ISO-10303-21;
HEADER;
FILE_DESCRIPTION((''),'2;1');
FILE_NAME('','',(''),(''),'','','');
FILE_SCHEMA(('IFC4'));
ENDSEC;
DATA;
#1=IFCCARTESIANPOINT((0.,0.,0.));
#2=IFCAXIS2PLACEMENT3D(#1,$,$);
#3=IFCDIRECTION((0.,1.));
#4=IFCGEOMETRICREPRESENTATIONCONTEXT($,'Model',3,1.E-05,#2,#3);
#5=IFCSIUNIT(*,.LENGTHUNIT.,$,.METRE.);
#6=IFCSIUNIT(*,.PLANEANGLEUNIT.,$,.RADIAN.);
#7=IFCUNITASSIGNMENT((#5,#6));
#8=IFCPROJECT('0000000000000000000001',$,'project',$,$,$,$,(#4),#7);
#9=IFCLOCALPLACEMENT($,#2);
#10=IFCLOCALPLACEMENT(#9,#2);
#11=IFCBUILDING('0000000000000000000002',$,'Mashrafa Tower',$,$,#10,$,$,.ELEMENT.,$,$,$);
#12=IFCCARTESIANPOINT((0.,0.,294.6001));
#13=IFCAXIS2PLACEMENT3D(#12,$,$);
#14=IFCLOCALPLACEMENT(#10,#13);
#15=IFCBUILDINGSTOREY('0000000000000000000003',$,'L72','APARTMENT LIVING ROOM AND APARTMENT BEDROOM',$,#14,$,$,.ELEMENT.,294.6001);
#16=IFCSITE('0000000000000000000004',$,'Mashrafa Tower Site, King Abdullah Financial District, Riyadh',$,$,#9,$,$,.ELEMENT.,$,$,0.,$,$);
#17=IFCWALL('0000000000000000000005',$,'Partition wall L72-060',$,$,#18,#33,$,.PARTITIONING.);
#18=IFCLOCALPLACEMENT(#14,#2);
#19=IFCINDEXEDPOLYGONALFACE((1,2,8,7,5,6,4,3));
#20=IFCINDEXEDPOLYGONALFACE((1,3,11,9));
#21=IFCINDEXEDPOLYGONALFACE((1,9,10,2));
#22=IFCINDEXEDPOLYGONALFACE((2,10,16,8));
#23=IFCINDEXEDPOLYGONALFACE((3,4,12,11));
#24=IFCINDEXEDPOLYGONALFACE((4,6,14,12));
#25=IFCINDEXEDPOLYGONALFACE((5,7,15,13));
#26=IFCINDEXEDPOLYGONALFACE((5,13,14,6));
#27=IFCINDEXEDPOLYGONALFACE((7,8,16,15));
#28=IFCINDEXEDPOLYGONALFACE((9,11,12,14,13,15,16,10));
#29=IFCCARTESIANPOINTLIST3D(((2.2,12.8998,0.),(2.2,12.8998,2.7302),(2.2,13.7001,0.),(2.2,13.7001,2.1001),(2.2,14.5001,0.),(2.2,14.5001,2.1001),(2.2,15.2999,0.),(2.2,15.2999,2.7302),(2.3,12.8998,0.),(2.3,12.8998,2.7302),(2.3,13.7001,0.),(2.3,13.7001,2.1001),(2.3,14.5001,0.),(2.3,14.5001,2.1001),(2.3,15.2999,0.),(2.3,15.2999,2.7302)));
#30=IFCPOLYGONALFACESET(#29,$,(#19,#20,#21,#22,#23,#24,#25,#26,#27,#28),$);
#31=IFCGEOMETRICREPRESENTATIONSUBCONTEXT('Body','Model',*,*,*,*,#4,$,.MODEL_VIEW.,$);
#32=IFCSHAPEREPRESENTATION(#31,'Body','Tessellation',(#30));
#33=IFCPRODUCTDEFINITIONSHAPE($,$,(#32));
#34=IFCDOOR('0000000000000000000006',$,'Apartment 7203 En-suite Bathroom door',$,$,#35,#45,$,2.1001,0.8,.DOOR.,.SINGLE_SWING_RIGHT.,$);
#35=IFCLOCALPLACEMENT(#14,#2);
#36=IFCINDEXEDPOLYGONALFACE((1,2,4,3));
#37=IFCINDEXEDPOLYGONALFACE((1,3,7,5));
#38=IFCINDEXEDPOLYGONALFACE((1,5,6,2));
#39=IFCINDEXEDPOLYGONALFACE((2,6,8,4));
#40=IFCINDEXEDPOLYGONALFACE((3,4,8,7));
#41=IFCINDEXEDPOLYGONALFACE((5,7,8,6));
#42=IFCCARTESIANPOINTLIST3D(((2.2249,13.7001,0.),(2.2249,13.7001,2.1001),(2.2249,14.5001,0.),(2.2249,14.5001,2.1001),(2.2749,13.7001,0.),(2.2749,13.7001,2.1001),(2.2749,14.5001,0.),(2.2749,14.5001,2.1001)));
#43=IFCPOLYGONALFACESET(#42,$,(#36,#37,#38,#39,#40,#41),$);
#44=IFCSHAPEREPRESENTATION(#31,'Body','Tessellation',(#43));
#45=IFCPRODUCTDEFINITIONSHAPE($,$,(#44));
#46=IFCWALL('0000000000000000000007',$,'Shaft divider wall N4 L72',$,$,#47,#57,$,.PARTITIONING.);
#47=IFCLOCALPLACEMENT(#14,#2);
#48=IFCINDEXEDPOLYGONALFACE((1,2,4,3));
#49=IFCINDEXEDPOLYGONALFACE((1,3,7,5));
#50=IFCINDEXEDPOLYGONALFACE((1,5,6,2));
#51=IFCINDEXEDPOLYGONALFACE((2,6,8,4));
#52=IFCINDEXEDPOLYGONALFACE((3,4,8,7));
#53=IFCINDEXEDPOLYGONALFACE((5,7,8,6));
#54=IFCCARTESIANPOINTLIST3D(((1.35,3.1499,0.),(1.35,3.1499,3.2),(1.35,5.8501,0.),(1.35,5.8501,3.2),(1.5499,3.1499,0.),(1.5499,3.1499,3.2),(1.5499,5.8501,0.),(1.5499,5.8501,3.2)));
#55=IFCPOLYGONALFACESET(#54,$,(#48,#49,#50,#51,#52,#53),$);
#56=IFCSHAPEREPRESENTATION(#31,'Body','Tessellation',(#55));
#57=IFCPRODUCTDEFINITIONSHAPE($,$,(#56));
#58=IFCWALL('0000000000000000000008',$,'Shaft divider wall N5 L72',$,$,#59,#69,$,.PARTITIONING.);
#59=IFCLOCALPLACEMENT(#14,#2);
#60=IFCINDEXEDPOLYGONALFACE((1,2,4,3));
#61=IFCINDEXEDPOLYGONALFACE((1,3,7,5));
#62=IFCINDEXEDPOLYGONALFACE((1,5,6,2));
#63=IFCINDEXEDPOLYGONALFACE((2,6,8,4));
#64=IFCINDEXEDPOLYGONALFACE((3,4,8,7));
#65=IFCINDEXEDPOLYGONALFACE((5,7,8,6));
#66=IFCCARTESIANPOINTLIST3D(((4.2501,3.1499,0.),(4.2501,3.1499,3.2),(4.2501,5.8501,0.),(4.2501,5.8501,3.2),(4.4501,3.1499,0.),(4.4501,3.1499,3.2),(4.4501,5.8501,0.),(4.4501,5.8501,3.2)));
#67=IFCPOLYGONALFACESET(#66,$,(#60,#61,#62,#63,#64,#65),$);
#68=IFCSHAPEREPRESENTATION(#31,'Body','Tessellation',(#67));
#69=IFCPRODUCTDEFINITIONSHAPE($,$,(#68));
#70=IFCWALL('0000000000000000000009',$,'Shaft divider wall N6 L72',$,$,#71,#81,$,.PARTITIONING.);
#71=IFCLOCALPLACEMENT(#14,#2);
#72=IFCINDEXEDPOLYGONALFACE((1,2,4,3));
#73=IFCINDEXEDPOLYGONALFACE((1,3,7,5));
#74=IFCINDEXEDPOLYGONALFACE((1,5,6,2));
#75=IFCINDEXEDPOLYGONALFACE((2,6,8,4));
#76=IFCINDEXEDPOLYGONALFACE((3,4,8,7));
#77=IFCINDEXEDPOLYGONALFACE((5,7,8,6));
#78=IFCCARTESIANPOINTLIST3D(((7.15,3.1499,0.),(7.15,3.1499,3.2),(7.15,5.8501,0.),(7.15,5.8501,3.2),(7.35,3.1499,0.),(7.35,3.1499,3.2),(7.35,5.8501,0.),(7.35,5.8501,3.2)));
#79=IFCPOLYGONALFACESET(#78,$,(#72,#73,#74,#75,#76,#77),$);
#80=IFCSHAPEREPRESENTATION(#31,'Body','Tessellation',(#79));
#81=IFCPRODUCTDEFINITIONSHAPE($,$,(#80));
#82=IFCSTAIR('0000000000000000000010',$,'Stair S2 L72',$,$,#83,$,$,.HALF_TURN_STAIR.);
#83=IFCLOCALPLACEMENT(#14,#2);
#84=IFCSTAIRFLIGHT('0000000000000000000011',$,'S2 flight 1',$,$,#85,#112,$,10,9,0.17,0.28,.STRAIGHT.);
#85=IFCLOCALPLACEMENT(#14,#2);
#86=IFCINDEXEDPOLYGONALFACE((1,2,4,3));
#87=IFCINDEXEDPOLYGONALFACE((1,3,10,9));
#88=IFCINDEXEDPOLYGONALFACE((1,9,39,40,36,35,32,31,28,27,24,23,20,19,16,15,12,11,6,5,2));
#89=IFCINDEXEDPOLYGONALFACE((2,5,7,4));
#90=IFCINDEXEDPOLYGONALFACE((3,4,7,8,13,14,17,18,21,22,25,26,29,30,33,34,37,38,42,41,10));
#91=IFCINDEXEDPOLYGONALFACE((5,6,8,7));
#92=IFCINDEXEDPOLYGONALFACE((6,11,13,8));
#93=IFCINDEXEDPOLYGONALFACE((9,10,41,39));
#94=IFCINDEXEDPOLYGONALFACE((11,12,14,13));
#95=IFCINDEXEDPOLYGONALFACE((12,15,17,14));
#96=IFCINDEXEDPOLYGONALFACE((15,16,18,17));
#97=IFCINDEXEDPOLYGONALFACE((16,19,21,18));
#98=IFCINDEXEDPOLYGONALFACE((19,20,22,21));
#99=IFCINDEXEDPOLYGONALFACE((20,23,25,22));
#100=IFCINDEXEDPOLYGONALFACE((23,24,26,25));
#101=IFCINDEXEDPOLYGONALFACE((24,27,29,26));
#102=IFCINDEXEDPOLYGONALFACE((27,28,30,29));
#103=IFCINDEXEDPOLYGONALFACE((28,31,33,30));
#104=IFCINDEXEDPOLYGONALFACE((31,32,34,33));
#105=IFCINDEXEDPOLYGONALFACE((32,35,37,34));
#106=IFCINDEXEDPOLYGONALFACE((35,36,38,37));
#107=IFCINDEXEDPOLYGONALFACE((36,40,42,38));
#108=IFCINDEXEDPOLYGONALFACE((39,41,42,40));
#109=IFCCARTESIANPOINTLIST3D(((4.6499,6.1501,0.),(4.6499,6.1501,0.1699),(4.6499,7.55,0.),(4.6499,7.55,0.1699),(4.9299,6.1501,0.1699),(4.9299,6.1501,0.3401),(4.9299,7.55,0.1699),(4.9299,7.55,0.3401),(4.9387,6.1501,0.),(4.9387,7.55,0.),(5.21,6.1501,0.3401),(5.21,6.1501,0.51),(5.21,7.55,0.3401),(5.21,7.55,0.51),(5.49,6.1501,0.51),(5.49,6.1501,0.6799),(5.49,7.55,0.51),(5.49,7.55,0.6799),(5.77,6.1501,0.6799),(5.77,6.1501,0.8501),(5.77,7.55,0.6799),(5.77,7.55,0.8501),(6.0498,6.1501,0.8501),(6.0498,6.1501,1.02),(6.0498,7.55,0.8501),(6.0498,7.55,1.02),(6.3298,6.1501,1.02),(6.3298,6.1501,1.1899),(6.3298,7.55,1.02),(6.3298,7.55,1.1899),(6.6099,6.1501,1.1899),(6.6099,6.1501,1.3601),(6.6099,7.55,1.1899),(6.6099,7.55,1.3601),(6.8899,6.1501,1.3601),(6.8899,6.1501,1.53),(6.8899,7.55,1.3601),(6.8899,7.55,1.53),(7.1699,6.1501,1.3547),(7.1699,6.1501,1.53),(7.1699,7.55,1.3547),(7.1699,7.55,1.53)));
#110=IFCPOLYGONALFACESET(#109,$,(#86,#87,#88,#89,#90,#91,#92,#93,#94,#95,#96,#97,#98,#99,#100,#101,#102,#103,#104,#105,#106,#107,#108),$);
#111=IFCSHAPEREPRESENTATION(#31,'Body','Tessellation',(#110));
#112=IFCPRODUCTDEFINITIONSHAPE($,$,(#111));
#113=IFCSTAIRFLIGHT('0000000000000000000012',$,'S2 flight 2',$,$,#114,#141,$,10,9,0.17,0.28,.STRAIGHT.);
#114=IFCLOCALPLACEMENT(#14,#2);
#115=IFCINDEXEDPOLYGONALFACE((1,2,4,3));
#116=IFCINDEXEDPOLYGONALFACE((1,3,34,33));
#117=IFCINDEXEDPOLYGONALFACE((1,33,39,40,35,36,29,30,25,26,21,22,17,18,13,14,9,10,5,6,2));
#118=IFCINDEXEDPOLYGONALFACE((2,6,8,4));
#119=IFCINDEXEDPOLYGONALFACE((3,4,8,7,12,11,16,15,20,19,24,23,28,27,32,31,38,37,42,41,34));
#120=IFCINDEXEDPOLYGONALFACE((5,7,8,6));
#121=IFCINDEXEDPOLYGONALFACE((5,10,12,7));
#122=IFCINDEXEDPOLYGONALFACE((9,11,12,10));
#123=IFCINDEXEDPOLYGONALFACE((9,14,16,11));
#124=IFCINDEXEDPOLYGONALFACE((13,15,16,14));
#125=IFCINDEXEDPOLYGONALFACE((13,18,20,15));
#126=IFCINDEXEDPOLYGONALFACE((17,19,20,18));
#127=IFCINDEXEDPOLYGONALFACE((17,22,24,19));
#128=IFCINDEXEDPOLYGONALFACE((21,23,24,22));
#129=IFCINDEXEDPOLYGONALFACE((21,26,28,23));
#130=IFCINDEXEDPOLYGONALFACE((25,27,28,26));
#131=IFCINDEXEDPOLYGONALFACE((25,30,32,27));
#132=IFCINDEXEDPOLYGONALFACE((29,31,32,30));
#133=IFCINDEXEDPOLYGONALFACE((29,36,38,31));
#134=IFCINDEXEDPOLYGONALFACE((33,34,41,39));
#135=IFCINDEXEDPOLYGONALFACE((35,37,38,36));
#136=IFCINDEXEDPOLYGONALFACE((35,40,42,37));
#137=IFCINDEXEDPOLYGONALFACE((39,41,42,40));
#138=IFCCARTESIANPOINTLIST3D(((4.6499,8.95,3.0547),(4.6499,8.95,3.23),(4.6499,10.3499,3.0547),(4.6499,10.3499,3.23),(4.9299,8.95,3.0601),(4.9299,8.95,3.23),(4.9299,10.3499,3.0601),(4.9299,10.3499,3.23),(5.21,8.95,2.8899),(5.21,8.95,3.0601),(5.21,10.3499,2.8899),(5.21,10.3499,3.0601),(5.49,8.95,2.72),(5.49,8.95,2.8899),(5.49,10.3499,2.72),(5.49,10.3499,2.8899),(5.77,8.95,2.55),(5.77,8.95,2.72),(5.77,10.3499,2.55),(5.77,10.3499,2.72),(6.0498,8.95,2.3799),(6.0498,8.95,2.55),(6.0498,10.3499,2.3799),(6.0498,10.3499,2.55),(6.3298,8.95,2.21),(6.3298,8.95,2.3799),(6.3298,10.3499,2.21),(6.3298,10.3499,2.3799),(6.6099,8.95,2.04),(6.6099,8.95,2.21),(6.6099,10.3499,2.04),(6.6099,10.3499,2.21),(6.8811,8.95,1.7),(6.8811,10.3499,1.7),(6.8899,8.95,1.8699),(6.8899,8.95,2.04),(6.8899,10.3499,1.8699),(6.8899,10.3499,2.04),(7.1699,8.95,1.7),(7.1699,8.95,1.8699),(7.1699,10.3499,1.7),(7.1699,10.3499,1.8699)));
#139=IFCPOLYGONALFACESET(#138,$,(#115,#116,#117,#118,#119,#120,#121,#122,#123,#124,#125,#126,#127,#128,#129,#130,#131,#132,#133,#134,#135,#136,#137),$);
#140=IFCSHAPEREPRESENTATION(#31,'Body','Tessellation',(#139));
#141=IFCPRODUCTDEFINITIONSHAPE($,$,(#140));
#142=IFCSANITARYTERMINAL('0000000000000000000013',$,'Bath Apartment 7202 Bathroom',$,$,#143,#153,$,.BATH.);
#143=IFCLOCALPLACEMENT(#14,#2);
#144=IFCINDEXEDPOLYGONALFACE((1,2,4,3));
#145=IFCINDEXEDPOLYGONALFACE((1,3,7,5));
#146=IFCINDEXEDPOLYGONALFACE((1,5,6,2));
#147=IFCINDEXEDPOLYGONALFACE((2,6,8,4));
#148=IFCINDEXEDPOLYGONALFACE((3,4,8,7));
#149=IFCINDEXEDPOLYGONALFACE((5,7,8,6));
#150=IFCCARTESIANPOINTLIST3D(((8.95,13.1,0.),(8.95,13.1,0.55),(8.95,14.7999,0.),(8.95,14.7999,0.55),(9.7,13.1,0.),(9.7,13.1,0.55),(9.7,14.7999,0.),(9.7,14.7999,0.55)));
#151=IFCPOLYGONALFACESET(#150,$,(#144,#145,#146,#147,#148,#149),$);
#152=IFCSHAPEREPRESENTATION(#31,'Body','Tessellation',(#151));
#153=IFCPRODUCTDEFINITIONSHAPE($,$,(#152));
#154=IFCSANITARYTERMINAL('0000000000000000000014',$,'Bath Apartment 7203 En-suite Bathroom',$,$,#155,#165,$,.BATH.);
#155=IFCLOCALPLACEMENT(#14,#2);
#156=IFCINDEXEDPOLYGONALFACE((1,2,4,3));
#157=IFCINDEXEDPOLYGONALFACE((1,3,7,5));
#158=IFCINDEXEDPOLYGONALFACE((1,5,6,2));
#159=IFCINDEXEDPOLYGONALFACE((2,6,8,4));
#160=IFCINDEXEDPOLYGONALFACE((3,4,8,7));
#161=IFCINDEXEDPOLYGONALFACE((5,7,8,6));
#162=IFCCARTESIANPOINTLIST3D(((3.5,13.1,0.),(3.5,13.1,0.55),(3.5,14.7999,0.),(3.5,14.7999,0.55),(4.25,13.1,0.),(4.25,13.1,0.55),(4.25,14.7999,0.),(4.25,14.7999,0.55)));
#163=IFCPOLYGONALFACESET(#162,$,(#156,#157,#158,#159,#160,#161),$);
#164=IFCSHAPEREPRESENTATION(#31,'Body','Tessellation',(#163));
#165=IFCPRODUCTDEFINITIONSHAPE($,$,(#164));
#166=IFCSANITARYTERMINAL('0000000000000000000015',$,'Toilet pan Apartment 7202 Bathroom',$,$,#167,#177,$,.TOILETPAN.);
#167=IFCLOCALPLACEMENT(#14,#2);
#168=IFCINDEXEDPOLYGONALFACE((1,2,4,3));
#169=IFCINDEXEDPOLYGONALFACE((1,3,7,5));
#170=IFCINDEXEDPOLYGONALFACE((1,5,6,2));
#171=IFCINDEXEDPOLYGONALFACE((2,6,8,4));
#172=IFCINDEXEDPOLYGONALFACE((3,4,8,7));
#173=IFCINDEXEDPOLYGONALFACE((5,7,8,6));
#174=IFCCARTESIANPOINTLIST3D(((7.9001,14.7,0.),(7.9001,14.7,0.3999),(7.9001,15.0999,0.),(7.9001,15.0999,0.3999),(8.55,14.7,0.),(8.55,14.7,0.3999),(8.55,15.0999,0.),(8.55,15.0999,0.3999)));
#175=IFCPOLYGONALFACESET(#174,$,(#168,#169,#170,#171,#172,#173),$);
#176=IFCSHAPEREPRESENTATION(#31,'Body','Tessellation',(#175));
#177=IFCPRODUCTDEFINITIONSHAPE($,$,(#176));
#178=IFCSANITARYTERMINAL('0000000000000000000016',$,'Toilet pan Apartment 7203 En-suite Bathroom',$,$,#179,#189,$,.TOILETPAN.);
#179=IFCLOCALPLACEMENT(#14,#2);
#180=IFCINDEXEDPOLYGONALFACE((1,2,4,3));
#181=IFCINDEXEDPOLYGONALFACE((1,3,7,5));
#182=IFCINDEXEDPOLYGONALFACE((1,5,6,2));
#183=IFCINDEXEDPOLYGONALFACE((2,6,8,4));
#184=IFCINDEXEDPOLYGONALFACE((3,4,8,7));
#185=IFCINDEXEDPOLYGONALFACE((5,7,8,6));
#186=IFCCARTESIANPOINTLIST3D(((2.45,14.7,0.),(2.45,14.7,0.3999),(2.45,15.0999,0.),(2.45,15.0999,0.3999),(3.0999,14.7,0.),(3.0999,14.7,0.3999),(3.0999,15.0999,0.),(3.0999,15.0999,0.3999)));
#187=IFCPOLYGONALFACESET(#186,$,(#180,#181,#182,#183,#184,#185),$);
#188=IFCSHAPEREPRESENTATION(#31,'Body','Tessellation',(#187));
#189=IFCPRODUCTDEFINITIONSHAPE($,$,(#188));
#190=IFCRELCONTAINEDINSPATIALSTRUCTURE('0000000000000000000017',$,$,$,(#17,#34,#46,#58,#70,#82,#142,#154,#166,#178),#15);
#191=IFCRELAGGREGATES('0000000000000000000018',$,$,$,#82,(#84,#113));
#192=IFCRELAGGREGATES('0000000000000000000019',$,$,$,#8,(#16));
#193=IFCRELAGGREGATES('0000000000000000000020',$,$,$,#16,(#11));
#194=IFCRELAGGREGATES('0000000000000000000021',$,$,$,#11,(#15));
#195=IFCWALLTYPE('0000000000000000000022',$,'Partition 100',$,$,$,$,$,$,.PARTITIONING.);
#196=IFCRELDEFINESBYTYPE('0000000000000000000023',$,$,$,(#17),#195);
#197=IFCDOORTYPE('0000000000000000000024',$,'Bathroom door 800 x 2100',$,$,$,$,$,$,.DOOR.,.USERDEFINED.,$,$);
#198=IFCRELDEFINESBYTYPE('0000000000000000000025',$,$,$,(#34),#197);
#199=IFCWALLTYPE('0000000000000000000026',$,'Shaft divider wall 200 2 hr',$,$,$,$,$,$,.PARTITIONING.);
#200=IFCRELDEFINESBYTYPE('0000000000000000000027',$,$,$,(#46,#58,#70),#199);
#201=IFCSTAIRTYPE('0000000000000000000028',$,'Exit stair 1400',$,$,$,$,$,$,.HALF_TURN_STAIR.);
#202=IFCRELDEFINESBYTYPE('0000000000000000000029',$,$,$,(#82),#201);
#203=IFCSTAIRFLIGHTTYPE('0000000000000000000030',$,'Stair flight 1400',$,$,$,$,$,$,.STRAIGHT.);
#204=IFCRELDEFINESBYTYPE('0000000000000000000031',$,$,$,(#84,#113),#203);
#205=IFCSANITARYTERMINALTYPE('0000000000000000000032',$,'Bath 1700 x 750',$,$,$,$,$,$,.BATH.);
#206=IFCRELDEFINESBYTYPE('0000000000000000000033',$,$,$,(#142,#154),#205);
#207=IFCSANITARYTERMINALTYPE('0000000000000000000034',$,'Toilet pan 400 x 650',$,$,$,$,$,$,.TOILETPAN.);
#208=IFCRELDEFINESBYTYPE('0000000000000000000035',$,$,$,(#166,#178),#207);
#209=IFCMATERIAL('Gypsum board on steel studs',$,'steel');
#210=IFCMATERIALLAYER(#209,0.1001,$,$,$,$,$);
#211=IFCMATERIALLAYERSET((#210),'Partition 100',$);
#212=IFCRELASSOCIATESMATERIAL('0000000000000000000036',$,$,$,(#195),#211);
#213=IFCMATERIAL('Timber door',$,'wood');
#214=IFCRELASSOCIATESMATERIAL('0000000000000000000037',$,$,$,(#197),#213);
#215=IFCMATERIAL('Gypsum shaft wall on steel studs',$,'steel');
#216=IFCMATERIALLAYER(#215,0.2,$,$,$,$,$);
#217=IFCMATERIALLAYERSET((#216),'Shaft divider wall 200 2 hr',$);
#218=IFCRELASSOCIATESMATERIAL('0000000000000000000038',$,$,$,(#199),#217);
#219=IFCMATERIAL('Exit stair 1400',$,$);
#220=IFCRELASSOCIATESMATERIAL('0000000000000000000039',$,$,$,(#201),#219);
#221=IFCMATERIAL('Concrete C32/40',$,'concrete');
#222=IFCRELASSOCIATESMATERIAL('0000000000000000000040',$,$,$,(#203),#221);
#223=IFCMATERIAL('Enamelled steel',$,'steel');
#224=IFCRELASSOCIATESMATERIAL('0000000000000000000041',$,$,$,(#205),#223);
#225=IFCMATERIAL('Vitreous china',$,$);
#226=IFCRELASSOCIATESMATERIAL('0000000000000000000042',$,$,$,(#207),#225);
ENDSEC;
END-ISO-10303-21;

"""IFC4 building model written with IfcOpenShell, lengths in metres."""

from ifc_helpers import new_model, si_unit, direction, frame, frame_2d, origin, origin_2d, place, context, subcontext, project, spatial, polyline, rectangle, outline, extrude, material, layer, layer_set, type_object, element, fill, aggregate, save


model = new_model("IFC4")

# Units and contexts
model_context = context("Model", 3, precision=1e-05, world=origin(), true_north=direction((0.0, 1.0)))
body_context = subcontext(model_context, "Body", "Model", "MODEL_VIEW")
ifc_project = project(units=[si_unit("LENGTHUNIT", "METRE"), si_unit("PLANEANGLEUNIT", "RADIAN")], contexts=[model_context])

# Site, building, storey
site_placement = place(None, origin())
site = spatial("IfcSite", under=ifc_project, at=site_placement, Name="Mashrafa Tower Site, King Abdullah Financial District, Riyadh", CompositionType="ELEMENT", RefElevation=0.0)
building_placement = place(site_placement, origin())
building = spatial("IfcBuilding", under=site, at=building_placement, Name="Mashrafa Tower", CompositionType="ELEMENT")
storey_placement = place(building_placement, frame((0.0, 0.0, 294.6001)))
storey = spatial("IfcBuildingStorey", under=building, at=storey_placement, Name="L72", Description="APARTMENT LIVING ROOM AND APARTMENT BEDROOM", CompositionType="ELEMENT", Elevation=294.6001)

# Shared definitions
ifc_material_1 = material(Name="Gypsum board on steel studs", Category="steel")
ifc_layer_1 = layer(ifc_material_1, 0.1001)
ifc_layer_set_1 = layer_set([ifc_layer_1], Name="Partition 100")
wall_type_1 = type_object("IfcWallType", Name="Partition 100", PredefinedType="PARTITIONING", material=ifc_layer_set_1)

# Wall, opening, door
wall_1_placement = place(storey_placement, frame((2.25, 15.3, 0.0), z_axis=(0.0, 0.0, 1.0), x_axis=(0.0, -1.0, 0.0)))
wall_1 = element("IfcWall", 1, at=wall_1_placement, inside=storey, type_object=wall_type_1, Name="Partition wall L72-060", PredefinedType="PARTITIONING", context=body_context, shape_type="SweptSolid", body=[
    extrude(rectangle(XDim=2.4001, YDim=0.1001, at=frame_2d((1.2002, 0.0))), origin(), (0.0, 0.0, 1.0), 2.7302),
])
opening_1_placement = place(wall_1_placement, frame((0.8, 0.0, 0.0)))
opening_1 = element("IfcOpeningElement", 2, at=opening_1_placement, cuts=wall_1, PredefinedType="OPENING", context=body_context, shape_type="SweptSolid", body=[
    extrude(rectangle(XDim=0.8, YDim=2.1001, at=frame_2d((0.3999, 1.05))), frame((0.0, 0.0601, 0.0), z_axis=(0.0, -1.0, 0.0), x_axis=(1.0, 0.0, 0.0)), (0.0, 0.0, 1.0), 0.1201),
])
ifc_material_2 = material(Name="Timber door", Category="wood")
door_type_1 = type_object("IfcDoorType", Name="Bathroom door 800 x 2100", OperationType="USERDEFINED", PredefinedType="DOOR", material=ifc_material_2)
door_1_placement = place(opening_1_placement, origin())
door_1 = element("IfcDoor", 3, at=door_1_placement, inside=storey, type_object=door_type_1, Name="Apartment 7203 En-suite Bathroom door", OperationType="SINGLE_SWING_RIGHT", OverallHeight=2.1001, OverallWidth=0.8, PredefinedType="DOOR", context=body_context, shape_type="SweptSolid", body=[
    extrude(rectangle(XDim=0.8, YDim=2.1001, at=frame_2d((0.3999, 1.05))), frame((0.0, 0.0249, 0.0), z_axis=(0.0, -1.0, 0.0), x_axis=(1.0, 0.0, 0.0)), (0.0, 0.0, 1.0), 0.05),
])
fill(opening_1, door_1)

# Walls
ifc_material_3 = material(Name="Gypsum shaft wall on steel studs", Category="steel")
ifc_layer_2 = layer(ifc_material_3, 0.2)
ifc_layer_set_2 = layer_set([ifc_layer_2], Name="Shaft divider wall 200 2 hr")
wall_type_2 = type_object("IfcWallType", Name="Shaft divider wall 200 2 hr", PredefinedType="PARTITIONING", material=ifc_layer_set_2)
for number, where, z_axis, x_axis, name in (
    (4, (1.45, 3.1499, 0.0), (0.0, 0.0, 1.0), (0.0, 1.0, 0.0), "Shaft divider wall N4 L72"),
    (5, (4.3501, 3.1499, 0.0), (0.0, 0.0, 1.0), (0.0, 1.0, 0.0), "Shaft divider wall N5 L72"),
    (6, (7.25, 3.1499, 0.0), (0.0, 0.0, 1.0), (0.0, 1.0, 0.0), "Shaft divider wall N6 L72"),
):
    element("IfcWall", number, at=place(storey_placement, frame(where, z_axis=z_axis, x_axis=x_axis)), inside=storey, type_object=wall_type_2, Name=name, PredefinedType="PARTITIONING", context=body_context, shape_type="SweptSolid", body=[
        extrude(rectangle(XDim=2.7002, YDim=0.2, at=frame_2d((1.3501, 0.0))), origin(), (0.0, 0.0, 1.0), 3.2),
    ])

# Stair, stair flights
ifc_material_4 = material(Name="Exit stair 1400")
stair_type = type_object("IfcStairType", Name="Exit stair 1400", PredefinedType="HALF_TURN_STAIR", material=ifc_material_4)
stair_placement = place(storey_placement, origin())
stair = element("IfcStair", 7, at=stair_placement, inside=storey, type_object=stair_type, Name="Stair S2 L72", PredefinedType="HALF_TURN_STAIR")
ifc_material_5 = material(Name="Concrete C32/40", Category="concrete")
stair_flight_type = type_object("IfcStairFlightType", Name="Stair flight 1400", PredefinedType="STRAIGHT", material=ifc_material_5)
stair_flight_1_placement = place(storey_placement, frame((4.6499, 6.8501, 0.0), z_axis=(0.0, 0.0, 1.0), x_axis=(1.0, 0.0, 0.0)))
stair_flight_1 = element("IfcStairFlight", 8, at=stair_flight_1_placement, type_object=stair_flight_type, Name="S2 flight 1", NumberOfRisers=10, NumberOfTreads=9, PredefinedType="STRAIGHT", RiserHeight=0.17, TreadLength=0.28, context=body_context, shape_type="SweptSolid", body=[
    extrude(outline(polyline([(0.0, 0.0), (0.0, 0.1699), (0.28, 0.1699), (0.28, 0.3401), (0.5601, 0.3401), (0.5601, 0.51), (0.8401, 0.51), (0.8401, 0.6799), (1.1201, 0.6799), (1.1201, 0.8501), (1.3999, 0.8501), (1.3999, 1.02), (1.6799, 1.02), (1.6799, 1.1899), (1.96, 1.1899), (1.96, 1.3601), (2.24, 1.3601), (2.24, 1.53), (2.52, 1.53), (2.52, 1.7), (2.52, 1.3547), (0.2888, 0.0), (0.0, 0.0)])), frame((0.0, 0.7, 0.0), z_axis=(0.0, -1.0, 0.0), x_axis=(1.0, 0.0, 0.0)), (0.0, 0.0, 1.0), 1.3999),
])
stair_flight_2_placement = place(storey_placement, frame((7.1699, 9.6499, 1.7), z_axis=(0.0, 0.0, 1.0), x_axis=(-1.0, 0.0, 0.0)))
stair_flight_2 = element("IfcStairFlight", 9, at=stair_flight_2_placement, type_object=stair_flight_type, Name="S2 flight 2", NumberOfRisers=10, NumberOfTreads=9, PredefinedType="STRAIGHT", RiserHeight=0.17, TreadLength=0.28, context=body_context, shape_type="SweptSolid", body=[
    extrude(outline(polyline([(0.0, 0.0), (0.0, 0.1699), (0.28, 0.1699), (0.28, 0.3401), (0.5601, 0.3401), (0.5601, 0.51), (0.8401, 0.51), (0.8401, 0.6799), (1.1201, 0.6799), (1.1201, 0.8501), (1.3999, 0.8501), (1.3999, 1.02), (1.6799, 1.02), (1.6799, 1.1899), (1.96, 1.1899), (1.96, 1.3601), (2.24, 1.3601), (2.24, 1.53), (2.52, 1.53), (2.52, 1.7), (2.52, 1.3547), (0.2888, 0.0), (0.0, 0.0)])), frame((0.0, 0.7, 0.0), z_axis=(0.0, -1.0, 0.0), x_axis=(1.0, 0.0, 0.0)), (0.0, 0.0, 1.0), 1.3999),
])
aggregate(stair, [stair_flight_1, stair_flight_2])

# Sanitary terminals
ifc_material_6 = material(Name="Enamelled steel", Category="steel")
sanitary_terminal_type_1 = type_object("IfcSanitaryTerminalType", Name="Bath 1700 x 750", PredefinedType="BATH", material=ifc_material_6)
for number, where, z_axis, x_axis, name in (
    (10, (9.325, 13.95, 0.0), (0.0, 0.0, 1.0), (0.0, 1.0, 0.0), "Bath Apartment 7202 Bathroom"),
    (11, (3.875, 13.95, 0.0), (0.0, 0.0, 1.0), (0.0, 1.0, 0.0), "Bath Apartment 7203 En-suite Bathroom"),
):
    element("IfcSanitaryTerminal", number, at=place(storey_placement, frame(where, z_axis=z_axis, x_axis=x_axis)), inside=storey, type_object=sanitary_terminal_type_1, Name=name, PredefinedType="BATH", context=body_context, shape_type="SweptSolid", body=[
        extrude(rectangle(XDim=1.7, YDim=0.75, at=origin_2d()), origin(), (0.0, 0.0, 1.0), 0.55),
    ])
ifc_material_7 = material(Name="Vitreous china")
sanitary_terminal_type_2 = type_object("IfcSanitaryTerminalType", Name="Toilet pan 400 x 650", PredefinedType="TOILETPAN", material=ifc_material_7)
for number, where, z_axis, x_axis, name in (
    (12, (8.2251, 14.8999, 0.0), (0.0, 0.0, 1.0), (0.0, -1.0, 0.0), "Toilet pan Apartment 7202 Bathroom"),
    (13, (2.7749, 14.8999, 0.0), (0.0, 0.0, 1.0), (0.0, -1.0, 0.0), "Toilet pan Apartment 7203 En-suite Bathroom"),
):
    element("IfcSanitaryTerminal", number, at=place(storey_placement, frame(where, z_axis=z_axis, x_axis=x_axis)), inside=storey, type_object=sanitary_terminal_type_2, Name=name, PredefinedType="TOILETPAN", context=body_context, shape_type="SweptSolid", body=[
        extrude(rectangle(XDim=0.3999, YDim=0.6499, at=origin_2d()), origin(), (0.0, 0.0, 1.0), 0.3999),
    ])

save(model, "model.ifc")
